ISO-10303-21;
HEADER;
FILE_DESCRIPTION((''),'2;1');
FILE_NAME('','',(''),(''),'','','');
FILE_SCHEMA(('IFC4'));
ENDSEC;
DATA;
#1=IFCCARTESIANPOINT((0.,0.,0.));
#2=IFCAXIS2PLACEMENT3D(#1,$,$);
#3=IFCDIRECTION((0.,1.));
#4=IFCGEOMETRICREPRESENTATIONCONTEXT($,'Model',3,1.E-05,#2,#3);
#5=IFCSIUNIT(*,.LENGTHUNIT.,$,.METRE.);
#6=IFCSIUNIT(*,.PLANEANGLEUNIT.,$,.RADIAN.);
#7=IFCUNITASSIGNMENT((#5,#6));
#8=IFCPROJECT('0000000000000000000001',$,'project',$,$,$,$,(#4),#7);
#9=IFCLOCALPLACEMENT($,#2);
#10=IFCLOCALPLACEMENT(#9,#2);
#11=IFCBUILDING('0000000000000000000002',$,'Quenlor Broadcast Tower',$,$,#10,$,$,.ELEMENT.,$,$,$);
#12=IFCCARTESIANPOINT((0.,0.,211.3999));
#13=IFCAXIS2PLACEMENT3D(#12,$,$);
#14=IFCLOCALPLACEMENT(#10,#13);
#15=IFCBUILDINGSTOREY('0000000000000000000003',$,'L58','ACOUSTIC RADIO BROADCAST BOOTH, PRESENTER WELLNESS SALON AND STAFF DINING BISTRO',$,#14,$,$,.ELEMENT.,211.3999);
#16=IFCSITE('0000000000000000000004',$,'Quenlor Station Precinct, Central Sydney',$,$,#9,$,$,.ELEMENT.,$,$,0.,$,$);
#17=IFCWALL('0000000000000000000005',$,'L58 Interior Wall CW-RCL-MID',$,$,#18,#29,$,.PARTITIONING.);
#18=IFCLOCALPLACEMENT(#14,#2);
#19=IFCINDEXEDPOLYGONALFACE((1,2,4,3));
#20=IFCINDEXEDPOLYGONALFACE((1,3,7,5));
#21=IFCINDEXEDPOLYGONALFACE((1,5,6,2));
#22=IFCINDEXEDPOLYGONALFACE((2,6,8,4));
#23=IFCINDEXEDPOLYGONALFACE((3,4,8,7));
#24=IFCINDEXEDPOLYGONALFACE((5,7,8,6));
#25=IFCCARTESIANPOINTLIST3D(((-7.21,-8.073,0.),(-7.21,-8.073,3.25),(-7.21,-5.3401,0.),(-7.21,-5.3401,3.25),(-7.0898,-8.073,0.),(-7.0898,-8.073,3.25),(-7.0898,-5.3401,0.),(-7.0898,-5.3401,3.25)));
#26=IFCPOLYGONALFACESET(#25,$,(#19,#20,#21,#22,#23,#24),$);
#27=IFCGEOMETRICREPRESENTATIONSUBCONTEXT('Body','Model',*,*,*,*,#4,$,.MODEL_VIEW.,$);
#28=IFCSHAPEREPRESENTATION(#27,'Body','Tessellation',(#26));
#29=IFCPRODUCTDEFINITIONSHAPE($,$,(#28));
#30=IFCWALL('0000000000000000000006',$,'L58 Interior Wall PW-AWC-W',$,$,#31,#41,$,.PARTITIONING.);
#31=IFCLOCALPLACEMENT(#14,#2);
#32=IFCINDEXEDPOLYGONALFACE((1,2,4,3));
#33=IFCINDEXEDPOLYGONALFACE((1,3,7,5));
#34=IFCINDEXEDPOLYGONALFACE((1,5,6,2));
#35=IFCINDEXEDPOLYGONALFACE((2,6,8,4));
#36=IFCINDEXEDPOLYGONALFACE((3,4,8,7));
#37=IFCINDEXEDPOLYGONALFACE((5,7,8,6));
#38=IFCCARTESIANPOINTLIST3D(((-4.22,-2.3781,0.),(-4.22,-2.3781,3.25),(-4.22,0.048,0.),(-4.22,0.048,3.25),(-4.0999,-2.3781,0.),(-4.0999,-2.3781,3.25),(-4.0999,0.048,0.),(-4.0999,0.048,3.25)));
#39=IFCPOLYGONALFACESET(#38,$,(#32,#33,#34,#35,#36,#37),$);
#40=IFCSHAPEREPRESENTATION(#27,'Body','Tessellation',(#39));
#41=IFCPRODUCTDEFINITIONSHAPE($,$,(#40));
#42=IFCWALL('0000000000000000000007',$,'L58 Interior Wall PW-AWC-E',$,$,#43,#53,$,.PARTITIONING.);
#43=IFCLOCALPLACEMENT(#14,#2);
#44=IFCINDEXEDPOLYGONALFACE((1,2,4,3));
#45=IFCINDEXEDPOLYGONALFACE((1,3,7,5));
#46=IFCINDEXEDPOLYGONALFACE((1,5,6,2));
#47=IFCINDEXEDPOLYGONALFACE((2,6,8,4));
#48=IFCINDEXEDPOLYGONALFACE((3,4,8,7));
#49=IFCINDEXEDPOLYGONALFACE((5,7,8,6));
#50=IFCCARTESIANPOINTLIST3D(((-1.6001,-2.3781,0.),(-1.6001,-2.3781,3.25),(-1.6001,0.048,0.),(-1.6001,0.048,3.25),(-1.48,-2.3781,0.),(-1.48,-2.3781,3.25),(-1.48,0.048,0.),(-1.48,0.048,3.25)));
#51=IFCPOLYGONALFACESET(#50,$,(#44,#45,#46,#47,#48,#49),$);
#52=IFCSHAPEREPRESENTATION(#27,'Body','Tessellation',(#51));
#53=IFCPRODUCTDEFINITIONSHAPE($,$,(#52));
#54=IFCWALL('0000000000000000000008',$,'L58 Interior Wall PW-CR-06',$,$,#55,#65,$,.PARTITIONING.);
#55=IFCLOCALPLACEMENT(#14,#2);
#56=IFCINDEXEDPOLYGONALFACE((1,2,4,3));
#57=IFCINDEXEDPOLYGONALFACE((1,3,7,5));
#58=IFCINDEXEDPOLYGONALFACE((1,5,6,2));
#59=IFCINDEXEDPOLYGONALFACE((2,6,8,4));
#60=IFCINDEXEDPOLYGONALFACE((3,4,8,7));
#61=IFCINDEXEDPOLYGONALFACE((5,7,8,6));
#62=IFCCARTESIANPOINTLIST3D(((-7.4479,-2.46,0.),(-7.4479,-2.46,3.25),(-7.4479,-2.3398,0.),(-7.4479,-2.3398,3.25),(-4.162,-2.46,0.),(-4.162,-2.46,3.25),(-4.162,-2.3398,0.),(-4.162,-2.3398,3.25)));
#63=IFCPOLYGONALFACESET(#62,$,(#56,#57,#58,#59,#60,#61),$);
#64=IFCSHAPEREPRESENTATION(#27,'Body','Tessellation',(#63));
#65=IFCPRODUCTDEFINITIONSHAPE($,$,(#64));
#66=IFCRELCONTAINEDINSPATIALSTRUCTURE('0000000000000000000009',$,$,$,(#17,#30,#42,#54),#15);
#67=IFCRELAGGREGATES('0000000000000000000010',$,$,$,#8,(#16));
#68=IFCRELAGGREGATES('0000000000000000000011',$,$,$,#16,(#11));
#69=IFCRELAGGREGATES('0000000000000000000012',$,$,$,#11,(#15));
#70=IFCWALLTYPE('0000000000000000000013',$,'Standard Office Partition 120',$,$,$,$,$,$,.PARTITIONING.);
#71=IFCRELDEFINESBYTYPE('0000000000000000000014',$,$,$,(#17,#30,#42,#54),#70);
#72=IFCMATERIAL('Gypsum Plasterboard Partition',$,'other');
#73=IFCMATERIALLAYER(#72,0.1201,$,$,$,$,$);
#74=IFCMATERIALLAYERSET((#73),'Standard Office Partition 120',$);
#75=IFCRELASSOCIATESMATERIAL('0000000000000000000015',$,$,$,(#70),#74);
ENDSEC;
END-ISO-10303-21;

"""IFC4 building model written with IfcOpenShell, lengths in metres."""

from ifc_helpers import new_model, si_unit, direction, frame, frame_2d, origin, place, context, subcontext, project, spatial, rectangle, extrude, material, layer, layer_set, type_object, element, save


model = new_model("IFC4")

# Units and contexts
model_context = context("Model", 3, precision=1e-05, world=origin(), true_north=direction((0.0, 1.0)))
body_context = subcontext(model_context, "Body", "Model", "MODEL_VIEW")
ifc_project = project(units=[si_unit("LENGTHUNIT", "METRE"), si_unit("PLANEANGLEUNIT", "RADIAN")], contexts=[model_context])

# Site, building, storey
site_placement = place(None, origin())
site = spatial("IfcSite", under=ifc_project, at=site_placement, Name="Quenlor Station Precinct, Central Sydney", CompositionType="ELEMENT", RefElevation=0.0)
building_placement = place(site_placement, origin())
building = spatial("IfcBuilding", under=site, at=building_placement, Name="Quenlor Broadcast Tower", CompositionType="ELEMENT")
storey_placement = place(building_placement, frame((0.0, 0.0, 211.3999)))
storey = spatial("IfcBuildingStorey", under=building, at=storey_placement, Name="L58", Description="ACOUSTIC RADIO BROADCAST BOOTH, PRESENTER WELLNESS SALON AND STAFF DINING BISTRO", CompositionType="ELEMENT", Elevation=211.3999)

# Wall
ifc_material_1 = material(Name="Gypsum Plasterboard Partition", Category="other")
ifc_layer_1 = layer(ifc_material_1, 0.1201)
ifc_layer_set_1 = layer_set([ifc_layer_1], Name="Standard Office Partition 120")
wall_type_1 = type_object("IfcWallType", Name="Standard Office Partition 120", PredefinedType="PARTITIONING", material=ifc_layer_set_1)
wall_1_placement = place(storey_placement, frame((-7.1499, -8.073, 0.0), z_axis=(0.0, 0.0, 1.0), x_axis=(0.0, 1.0, 0.0)))
element("IfcWall", 1, at=wall_1_placement, inside=storey, type_object=wall_type_1, Name="L58 Interior Wall CW-RCL-MID", PredefinedType="PARTITIONING", context=body_context, shape_type="SweptSolid", body=[
    extrude(rectangle(XDim=2.7329, YDim=0.1201, at=frame_2d((1.3665, 0.0))), origin(), (0.0, 0.0, 1.0), 3.25),
])

# Walls
for number, where, z_axis, x_axis, name in (
    (2, (-4.1599, -2.3779, 0.0), (0.0, 0.0, 1.0), (0.0, 1.0, 0.0), "L58 Interior Wall PW-AWC-W"),
    (3, (-1.54, -2.3779, 0.0), (0.0, 0.0, 1.0), (0.0, 1.0, 0.0), "L58 Interior Wall PW-AWC-E"),
):
    element("IfcWall", number, at=place(storey_placement, frame(where, z_axis=z_axis, x_axis=x_axis)), inside=storey, type_object=wall_type_1, Name=name, PredefinedType="PARTITIONING", context=body_context, shape_type="SweptSolid", body=[
        extrude(rectangle(XDim=2.426, YDim=0.1201, at=frame_2d((1.2129, 0.0))), origin(), (0.0, 0.0, 1.0), 3.25),
    ])
wall_2_placement = place(storey_placement, frame((-7.448, -2.3999, 0.0), z_axis=(0.0, 0.0, 1.0), x_axis=(1.0, 0.0, 0.0)))
element("IfcWall", 4, at=wall_2_placement, inside=storey, type_object=wall_type_1, Name="L58 Interior Wall PW-CR-06", PredefinedType="PARTITIONING", context=body_context, shape_type="SweptSolid", body=[
    extrude(rectangle(XDim=3.2859, YDim=0.1201, at=frame_2d((1.6431, 0.0))), origin(), (0.0, 0.0, 1.0), 3.25),
])

save(model, "model.ifc")
